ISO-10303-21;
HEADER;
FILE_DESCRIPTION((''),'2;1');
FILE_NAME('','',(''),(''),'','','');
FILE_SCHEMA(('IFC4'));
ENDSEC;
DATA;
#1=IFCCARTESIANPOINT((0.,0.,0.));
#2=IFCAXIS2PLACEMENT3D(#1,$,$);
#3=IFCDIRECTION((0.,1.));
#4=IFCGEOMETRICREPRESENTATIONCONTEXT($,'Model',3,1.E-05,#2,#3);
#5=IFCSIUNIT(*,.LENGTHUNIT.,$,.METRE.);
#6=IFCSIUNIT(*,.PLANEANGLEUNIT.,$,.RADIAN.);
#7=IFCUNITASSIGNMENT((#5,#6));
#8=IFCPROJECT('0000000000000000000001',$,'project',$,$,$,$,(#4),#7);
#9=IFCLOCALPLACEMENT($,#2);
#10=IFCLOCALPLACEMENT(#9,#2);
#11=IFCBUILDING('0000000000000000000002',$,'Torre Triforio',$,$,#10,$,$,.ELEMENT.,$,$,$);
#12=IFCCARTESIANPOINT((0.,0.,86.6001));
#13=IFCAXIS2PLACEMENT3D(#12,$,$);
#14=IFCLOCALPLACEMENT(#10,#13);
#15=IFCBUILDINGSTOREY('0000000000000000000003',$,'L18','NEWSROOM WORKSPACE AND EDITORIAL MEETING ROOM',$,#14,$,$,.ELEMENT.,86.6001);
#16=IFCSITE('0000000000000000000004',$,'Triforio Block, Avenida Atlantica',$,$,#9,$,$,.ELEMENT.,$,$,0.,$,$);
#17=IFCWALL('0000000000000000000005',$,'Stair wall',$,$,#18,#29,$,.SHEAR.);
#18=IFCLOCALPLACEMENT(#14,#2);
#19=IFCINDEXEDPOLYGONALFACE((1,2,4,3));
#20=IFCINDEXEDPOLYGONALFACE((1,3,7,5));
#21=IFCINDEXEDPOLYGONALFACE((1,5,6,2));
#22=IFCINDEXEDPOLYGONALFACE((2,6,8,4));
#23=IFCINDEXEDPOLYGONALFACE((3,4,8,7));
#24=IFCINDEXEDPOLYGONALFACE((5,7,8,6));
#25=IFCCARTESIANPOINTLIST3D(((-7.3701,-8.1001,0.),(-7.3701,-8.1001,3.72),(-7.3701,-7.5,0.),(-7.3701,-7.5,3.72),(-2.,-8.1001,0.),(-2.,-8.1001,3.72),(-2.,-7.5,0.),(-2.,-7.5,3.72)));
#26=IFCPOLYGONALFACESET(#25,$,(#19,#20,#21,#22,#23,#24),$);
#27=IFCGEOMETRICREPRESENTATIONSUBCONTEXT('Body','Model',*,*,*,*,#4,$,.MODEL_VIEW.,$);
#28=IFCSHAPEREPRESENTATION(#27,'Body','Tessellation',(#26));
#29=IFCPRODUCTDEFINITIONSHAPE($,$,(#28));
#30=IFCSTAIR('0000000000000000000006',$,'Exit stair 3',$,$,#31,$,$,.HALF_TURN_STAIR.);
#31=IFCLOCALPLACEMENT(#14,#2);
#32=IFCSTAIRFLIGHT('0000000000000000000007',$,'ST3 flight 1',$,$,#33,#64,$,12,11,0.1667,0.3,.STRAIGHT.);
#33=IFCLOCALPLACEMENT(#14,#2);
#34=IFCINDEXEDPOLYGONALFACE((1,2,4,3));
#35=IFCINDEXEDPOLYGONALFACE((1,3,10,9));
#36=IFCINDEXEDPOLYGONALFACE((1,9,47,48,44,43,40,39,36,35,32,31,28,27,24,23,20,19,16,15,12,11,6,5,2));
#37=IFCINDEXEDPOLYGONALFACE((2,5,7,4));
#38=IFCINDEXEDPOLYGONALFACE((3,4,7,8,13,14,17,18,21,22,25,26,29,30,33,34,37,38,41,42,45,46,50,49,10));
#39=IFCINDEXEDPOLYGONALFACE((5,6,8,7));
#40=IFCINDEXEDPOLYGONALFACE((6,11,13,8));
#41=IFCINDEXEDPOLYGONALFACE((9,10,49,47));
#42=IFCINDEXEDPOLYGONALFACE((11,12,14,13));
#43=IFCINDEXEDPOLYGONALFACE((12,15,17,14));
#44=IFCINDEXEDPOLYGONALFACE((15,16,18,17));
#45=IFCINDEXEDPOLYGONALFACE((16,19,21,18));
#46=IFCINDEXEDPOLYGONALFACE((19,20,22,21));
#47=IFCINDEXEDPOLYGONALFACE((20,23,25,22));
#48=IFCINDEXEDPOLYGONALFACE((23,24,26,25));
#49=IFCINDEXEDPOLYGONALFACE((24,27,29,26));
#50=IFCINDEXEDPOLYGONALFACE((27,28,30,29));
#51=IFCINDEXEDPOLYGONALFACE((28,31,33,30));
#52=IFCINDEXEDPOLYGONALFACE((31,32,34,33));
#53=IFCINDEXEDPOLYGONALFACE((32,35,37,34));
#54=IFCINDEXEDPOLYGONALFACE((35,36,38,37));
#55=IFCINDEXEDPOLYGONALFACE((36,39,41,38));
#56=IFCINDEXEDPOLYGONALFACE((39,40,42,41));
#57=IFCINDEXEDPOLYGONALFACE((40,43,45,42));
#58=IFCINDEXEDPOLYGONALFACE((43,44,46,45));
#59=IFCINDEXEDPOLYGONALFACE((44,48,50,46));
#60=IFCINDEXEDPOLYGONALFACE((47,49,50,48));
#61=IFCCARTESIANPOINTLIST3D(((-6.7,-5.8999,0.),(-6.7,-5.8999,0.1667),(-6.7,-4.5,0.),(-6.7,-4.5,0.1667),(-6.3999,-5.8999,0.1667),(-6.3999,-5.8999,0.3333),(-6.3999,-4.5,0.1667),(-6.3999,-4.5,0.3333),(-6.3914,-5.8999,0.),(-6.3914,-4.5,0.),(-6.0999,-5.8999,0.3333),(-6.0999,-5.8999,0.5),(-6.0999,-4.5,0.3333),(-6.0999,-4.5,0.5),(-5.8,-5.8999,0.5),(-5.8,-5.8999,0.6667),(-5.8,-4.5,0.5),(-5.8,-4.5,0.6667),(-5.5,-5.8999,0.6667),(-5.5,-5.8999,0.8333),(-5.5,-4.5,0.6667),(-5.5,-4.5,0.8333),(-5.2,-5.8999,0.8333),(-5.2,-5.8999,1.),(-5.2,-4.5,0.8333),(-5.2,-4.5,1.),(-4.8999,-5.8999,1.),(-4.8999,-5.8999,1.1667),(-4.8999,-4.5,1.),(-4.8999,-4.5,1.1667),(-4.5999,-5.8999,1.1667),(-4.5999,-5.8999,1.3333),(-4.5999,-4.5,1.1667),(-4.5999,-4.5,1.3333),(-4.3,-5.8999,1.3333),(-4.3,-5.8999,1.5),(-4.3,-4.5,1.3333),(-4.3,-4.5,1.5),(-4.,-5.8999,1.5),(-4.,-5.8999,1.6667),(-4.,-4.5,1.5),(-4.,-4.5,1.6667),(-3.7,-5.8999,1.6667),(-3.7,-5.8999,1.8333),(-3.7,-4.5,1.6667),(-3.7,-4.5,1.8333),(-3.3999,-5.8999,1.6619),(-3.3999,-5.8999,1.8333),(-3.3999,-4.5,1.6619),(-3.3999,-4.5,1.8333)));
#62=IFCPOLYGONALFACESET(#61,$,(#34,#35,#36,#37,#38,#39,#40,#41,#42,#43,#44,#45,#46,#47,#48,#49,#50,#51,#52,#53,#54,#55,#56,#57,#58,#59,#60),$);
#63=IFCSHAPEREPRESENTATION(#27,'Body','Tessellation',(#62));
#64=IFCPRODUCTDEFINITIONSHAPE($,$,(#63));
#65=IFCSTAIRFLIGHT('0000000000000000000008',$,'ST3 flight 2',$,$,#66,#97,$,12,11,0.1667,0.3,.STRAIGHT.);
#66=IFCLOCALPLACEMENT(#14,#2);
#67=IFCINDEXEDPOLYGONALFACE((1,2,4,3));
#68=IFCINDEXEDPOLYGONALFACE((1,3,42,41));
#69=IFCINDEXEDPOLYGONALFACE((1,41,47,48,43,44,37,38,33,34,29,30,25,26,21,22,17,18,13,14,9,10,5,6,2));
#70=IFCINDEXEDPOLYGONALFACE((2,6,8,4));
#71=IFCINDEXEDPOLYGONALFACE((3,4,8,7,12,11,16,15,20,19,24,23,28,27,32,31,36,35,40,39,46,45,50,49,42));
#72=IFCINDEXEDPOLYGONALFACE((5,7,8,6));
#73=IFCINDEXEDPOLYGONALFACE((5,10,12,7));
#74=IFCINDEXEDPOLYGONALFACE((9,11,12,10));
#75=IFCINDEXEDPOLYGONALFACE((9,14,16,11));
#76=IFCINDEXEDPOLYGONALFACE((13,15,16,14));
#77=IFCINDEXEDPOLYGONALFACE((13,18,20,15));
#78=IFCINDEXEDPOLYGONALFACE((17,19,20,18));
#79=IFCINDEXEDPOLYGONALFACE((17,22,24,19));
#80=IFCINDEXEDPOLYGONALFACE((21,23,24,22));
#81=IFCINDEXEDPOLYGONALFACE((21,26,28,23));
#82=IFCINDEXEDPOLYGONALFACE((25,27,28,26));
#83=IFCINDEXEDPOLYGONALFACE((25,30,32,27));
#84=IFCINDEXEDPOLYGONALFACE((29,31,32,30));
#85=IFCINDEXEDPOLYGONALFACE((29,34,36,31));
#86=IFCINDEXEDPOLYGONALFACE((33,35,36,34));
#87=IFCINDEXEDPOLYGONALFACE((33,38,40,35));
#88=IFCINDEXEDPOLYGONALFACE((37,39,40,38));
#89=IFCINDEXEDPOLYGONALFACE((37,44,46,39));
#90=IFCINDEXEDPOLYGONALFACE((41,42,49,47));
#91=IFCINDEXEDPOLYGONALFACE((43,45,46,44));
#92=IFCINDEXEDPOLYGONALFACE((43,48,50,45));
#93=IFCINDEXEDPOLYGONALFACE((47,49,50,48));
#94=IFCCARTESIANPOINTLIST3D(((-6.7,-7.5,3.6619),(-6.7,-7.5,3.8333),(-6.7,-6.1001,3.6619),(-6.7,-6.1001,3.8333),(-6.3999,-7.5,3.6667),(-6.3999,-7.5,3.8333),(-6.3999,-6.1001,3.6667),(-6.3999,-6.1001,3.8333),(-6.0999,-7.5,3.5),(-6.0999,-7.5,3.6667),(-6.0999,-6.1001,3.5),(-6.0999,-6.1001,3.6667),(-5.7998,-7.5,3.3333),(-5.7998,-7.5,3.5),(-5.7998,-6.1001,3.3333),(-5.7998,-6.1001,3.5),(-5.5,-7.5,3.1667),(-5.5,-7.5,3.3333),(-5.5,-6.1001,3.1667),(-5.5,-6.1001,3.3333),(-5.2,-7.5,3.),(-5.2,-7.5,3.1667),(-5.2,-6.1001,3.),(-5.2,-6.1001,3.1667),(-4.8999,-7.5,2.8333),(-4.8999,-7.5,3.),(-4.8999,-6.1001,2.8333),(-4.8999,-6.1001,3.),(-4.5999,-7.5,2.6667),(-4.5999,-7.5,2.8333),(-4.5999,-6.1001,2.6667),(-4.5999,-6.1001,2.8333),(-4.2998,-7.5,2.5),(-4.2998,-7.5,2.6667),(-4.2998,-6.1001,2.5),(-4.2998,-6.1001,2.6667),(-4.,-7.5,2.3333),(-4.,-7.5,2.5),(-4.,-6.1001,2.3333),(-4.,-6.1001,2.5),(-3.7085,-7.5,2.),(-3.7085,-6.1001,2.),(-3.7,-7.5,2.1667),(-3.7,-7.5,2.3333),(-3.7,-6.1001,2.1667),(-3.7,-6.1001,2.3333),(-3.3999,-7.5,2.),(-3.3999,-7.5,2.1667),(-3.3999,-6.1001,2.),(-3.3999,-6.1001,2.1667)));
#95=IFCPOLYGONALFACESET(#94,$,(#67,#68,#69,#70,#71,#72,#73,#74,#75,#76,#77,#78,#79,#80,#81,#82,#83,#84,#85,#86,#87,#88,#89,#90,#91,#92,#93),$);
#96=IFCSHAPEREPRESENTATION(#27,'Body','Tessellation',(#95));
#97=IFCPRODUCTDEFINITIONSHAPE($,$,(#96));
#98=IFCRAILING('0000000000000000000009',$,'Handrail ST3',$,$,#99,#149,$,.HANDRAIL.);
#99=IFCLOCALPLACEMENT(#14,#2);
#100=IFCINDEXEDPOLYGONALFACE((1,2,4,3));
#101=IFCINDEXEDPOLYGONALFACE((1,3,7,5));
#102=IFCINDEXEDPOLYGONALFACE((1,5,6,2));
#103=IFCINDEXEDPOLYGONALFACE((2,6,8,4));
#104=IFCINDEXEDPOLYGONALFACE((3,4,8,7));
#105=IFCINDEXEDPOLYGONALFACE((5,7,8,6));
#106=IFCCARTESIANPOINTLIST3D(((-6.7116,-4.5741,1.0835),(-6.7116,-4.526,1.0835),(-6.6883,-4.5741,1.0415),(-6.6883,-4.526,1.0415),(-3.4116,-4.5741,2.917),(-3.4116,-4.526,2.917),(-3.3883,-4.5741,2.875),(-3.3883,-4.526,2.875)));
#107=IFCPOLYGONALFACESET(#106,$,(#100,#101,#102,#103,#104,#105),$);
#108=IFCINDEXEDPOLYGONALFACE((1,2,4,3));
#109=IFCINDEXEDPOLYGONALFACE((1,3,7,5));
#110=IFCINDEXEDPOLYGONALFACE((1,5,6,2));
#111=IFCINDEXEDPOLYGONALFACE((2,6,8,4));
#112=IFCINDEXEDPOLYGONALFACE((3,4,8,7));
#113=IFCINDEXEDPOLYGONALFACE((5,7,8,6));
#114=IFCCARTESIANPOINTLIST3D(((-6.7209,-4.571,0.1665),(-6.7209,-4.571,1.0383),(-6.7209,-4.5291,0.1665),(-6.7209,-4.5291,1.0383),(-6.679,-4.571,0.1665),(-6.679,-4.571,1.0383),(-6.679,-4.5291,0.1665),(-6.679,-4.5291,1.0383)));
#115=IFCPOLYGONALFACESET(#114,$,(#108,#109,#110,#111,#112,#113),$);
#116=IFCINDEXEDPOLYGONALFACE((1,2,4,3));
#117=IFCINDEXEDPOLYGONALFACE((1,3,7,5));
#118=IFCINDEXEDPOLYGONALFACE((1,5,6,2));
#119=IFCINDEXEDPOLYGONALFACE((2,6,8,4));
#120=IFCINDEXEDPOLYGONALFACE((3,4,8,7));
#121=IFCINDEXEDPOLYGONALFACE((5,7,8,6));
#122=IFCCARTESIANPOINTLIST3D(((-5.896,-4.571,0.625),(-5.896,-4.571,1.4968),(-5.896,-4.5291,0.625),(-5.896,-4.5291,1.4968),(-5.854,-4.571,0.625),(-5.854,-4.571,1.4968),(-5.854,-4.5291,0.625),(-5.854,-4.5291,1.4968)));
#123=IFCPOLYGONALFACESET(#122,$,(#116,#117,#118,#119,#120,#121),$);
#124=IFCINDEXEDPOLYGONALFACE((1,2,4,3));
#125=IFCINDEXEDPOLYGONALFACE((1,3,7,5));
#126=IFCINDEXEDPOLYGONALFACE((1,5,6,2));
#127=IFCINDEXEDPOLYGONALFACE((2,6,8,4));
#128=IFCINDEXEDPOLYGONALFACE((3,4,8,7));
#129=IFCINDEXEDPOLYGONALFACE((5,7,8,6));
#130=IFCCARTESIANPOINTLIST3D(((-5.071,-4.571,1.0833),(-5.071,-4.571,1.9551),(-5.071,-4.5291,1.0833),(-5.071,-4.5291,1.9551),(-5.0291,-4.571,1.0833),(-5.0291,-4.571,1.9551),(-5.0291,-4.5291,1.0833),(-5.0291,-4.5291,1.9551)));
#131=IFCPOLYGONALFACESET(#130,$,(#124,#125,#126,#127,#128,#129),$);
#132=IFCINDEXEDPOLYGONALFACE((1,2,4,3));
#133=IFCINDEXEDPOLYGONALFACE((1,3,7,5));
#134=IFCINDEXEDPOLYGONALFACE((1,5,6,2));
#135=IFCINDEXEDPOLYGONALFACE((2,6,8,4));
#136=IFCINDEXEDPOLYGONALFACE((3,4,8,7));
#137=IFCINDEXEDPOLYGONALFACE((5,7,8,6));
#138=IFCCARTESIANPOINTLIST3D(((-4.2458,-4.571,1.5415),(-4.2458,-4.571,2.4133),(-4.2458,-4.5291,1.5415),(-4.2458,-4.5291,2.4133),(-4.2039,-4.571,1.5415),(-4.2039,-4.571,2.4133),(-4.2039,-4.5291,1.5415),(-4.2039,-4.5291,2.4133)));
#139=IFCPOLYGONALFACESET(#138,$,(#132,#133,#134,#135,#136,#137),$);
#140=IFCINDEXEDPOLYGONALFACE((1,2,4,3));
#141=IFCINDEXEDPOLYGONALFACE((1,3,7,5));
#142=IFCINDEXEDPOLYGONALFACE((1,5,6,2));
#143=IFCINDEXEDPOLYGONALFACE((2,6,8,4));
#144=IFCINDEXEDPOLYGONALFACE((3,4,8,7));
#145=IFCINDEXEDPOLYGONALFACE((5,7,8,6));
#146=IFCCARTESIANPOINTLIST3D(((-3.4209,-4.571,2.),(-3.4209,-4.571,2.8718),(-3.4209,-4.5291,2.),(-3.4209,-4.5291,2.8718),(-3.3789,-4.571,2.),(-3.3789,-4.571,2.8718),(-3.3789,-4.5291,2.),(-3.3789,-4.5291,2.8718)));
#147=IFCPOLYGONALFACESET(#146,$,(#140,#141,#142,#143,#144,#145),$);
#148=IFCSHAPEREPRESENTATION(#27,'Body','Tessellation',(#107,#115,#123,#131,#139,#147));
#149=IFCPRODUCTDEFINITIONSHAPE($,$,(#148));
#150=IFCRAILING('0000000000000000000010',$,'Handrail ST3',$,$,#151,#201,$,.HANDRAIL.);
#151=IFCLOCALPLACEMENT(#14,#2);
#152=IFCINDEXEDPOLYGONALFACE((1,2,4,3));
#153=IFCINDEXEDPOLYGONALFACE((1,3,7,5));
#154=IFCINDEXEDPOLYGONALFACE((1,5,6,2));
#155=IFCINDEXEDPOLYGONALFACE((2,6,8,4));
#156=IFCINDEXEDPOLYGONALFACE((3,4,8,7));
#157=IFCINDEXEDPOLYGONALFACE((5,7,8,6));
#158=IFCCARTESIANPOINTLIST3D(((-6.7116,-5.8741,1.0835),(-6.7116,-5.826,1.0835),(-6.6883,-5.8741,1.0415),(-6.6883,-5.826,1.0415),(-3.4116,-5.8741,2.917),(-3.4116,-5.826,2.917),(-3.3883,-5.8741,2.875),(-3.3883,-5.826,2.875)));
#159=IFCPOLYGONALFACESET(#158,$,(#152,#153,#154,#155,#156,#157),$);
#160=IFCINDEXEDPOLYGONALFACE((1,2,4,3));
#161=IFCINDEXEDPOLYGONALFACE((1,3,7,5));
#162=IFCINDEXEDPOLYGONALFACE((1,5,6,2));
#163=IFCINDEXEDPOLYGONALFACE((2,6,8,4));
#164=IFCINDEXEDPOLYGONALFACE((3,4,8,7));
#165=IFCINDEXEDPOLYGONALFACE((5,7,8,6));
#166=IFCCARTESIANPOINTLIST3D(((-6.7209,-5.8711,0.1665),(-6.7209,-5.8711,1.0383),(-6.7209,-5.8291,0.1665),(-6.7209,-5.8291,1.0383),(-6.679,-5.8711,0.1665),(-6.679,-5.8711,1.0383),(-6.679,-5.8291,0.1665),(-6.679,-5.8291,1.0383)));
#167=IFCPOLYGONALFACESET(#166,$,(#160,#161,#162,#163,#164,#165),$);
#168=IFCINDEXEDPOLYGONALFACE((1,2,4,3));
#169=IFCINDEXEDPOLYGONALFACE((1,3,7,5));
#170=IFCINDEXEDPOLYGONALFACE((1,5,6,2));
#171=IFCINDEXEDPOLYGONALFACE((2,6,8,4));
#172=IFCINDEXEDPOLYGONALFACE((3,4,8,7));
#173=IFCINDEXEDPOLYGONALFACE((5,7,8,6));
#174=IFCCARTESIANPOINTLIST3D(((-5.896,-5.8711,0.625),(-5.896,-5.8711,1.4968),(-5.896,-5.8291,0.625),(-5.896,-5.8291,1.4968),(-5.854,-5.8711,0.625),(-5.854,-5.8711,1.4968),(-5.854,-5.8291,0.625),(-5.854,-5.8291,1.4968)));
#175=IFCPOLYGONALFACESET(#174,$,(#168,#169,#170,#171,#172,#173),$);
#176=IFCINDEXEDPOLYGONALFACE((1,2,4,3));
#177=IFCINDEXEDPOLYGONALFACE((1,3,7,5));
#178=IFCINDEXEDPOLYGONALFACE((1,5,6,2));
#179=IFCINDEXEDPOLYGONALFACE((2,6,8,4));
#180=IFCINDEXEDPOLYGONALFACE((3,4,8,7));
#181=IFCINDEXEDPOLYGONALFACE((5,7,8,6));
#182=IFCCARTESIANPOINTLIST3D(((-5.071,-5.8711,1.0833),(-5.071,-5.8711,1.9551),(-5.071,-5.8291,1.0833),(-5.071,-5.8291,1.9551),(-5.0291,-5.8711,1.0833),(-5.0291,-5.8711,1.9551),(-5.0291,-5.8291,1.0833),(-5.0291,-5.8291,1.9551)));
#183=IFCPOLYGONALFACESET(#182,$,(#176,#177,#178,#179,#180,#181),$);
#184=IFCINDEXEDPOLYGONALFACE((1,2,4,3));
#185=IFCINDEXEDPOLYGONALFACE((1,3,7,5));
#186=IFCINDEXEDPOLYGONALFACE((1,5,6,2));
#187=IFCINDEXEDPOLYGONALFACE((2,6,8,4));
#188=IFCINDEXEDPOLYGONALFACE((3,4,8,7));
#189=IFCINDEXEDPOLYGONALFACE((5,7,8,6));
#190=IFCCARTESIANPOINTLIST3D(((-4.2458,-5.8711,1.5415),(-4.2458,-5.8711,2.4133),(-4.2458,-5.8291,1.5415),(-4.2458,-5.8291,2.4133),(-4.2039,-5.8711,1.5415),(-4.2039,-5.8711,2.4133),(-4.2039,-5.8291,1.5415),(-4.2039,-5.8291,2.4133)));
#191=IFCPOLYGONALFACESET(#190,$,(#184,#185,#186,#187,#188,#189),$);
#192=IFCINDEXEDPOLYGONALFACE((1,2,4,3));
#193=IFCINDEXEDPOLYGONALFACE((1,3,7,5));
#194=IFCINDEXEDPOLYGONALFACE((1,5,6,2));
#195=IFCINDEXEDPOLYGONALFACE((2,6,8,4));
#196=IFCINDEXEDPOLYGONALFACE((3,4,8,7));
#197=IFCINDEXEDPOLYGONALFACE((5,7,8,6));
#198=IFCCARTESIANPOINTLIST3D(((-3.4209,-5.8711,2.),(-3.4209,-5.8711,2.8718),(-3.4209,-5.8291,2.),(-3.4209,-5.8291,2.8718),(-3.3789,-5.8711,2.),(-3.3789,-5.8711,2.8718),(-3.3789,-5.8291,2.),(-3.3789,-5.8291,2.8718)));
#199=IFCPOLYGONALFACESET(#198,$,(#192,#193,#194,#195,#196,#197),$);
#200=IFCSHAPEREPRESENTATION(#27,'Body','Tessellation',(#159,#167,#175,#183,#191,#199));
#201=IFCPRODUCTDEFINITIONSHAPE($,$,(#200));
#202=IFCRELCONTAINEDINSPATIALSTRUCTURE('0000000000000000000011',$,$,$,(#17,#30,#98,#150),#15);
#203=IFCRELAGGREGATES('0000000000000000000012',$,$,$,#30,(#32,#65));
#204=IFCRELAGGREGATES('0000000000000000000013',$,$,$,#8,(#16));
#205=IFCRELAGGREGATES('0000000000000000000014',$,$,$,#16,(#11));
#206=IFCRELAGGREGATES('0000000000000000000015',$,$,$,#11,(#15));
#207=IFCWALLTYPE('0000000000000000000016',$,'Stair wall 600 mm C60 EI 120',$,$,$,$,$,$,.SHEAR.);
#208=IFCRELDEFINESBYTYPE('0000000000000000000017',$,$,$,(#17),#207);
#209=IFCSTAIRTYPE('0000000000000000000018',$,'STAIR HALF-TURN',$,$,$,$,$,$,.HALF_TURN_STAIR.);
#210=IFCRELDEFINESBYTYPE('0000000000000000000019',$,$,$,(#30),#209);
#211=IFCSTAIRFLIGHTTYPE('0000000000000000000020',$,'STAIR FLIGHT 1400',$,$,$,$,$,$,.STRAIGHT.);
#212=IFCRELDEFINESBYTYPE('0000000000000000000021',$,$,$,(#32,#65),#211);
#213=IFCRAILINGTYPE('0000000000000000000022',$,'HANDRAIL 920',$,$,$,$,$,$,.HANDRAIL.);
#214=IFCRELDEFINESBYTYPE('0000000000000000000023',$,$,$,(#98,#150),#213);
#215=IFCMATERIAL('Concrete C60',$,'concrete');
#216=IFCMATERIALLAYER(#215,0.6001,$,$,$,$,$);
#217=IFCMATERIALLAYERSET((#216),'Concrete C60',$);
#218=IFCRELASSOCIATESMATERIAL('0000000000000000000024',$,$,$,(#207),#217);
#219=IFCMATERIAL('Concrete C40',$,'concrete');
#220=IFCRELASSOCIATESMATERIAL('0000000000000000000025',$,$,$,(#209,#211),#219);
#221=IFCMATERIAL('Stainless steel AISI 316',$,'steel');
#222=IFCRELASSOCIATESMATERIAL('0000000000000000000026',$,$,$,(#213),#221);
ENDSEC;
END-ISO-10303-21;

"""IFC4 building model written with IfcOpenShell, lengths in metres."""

from ifc_helpers import new_model, si_unit, direction, frame, frame_2d, origin, origin_2d, place, context, subcontext, project, spatial, polyline, rectangle, outline, extrude, material, layer, layer_set, type_object, element, aggregate, save


model = new_model("IFC4")

# Units and contexts
model_context = context("Model", 3, precision=1e-05, world=origin(), true_north=direction((0.0, 1.0)))
body_context = subcontext(model_context, "Body", "Model", "MODEL_VIEW")
ifc_project = project(units=[si_unit("LENGTHUNIT", "METRE"), si_unit("PLANEANGLEUNIT", "RADIAN")], contexts=[model_context])

# Site, building, storey
site_placement = place(None, origin())
site = spatial("IfcSite", under=ifc_project, at=site_placement, Name="Triforio Block, Avenida Atlantica", CompositionType="ELEMENT", RefElevation=0.0)
building_placement = place(site_placement, origin())
building = spatial("IfcBuilding", under=site, at=building_placement, Name="Torre Triforio", CompositionType="ELEMENT")
storey_placement = place(building_placement, frame((0.0, 0.0, 86.6001)))
storey = spatial("IfcBuildingStorey", under=building, at=storey_placement, Name="L18", Description="NEWSROOM WORKSPACE AND EDITORIAL MEETING ROOM", CompositionType="ELEMENT", Elevation=86.6001)

# Shared definitions
ifc_material_1 = material(Name="Concrete C60", Category="concrete")

# Wall
ifc_layer_1 = layer(ifc_material_1, 0.6001)
ifc_layer_set_1 = layer_set([ifc_layer_1], Name="Concrete C60")
wall_type_1 = type_object("IfcWallType", Name="Stair wall 600 mm C60 EI 120", PredefinedType="SHEAR", material=ifc_layer_set_1)
wall_1_placement = place(storey_placement, frame((-7.3701, -7.8, 0.0), z_axis=(0.0, 0.0, 1.0), x_axis=(1.0, 0.0, 0.0)))
element("IfcWall", 1, at=wall_1_placement, inside=storey, type_object=wall_type_1, Name="Stair wall", PredefinedType="SHEAR", context=body_context, shape_type="SweptSolid", body=[
    extrude(rectangle(XDim=5.3701, YDim=0.6001, at=frame_2d((2.6851, 0.0))), origin(), (0.0, 0.0, 1.0), 3.72),
])

# Stair, stair flights
ifc_material_2 = material(Name="Concrete C40", Category="concrete")
stair_type = type_object("IfcStairType", Name="STAIR HALF-TURN", PredefinedType="HALF_TURN_STAIR", material=ifc_material_2)
stair_placement = place(storey_placement, origin())
stair = element("IfcStair", 2, at=stair_placement, inside=storey, type_object=stair_type, Name="Exit stair 3", PredefinedType="HALF_TURN_STAIR")
stair_flight_type = type_object("IfcStairFlightType", Name="STAIR FLIGHT 1400", PredefinedType="STRAIGHT", material=ifc_material_2)
stair_flight_1_placement = place(storey_placement, frame((-6.7, -5.2, 0.0), z_axis=(0.0, 0.0, 1.0), x_axis=(1.0, 0.0, 0.0)))
stair_flight_1 = element("IfcStairFlight", 3, at=stair_flight_1_placement, type_object=stair_flight_type, Name="ST3 flight 1", NumberOfRisers=12, NumberOfTreads=11, PredefinedType="STRAIGHT", RiserHeight=0.1667, TreadLength=0.3, context=body_context, shape_type="SweptSolid", body=[
    extrude(outline(polyline([(0.0, 0.0), (0.0, 0.1667), (0.3, 0.1667), (0.3, 0.3333), (0.6001, 0.3333), (0.6001, 0.5), (0.8999, 0.5), (0.8999, 0.6667), (1.2, 0.6667), (1.2, 0.8333), (1.5, 0.8333), (1.5, 1.0), (1.8, 1.0), (1.8, 1.1667), (2.1001, 1.1667), (2.1001, 1.3333), (2.3999, 1.3333), (2.3999, 1.5), (2.7, 1.5), (2.7, 1.6667), (3.0, 1.6667), (3.0, 1.8333), (3.3, 1.8333), (3.3, 2.0), (3.3, 1.6619), (0.3086, 0.0), (0.0, 0.0)])), frame((0.0, 0.7, 0.0), z_axis=(0.0, -1.0, 0.0), x_axis=(1.0, 0.0, 0.0)), (0.0, 0.0, 1.0), 1.3999),
])
stair_flight_2_placement = place(storey_placement, frame((-3.3999, -6.8, 2.0), z_axis=(0.0, 0.0, 1.0), x_axis=(-1.0, 0.0, 0.0)))
stair_flight_2 = element("IfcStairFlight", 4, at=stair_flight_2_placement, type_object=stair_flight_type, Name="ST3 flight 2", NumberOfRisers=12, NumberOfTreads=11, PredefinedType="STRAIGHT", RiserHeight=0.1667, TreadLength=0.3, context=body_context, shape_type="SweptSolid", body=[
    extrude(outline(polyline([(0.0, 0.0), (0.0, 0.1667), (0.3, 0.1667), (0.3, 0.3333), (0.6001, 0.3333), (0.6001, 0.5), (0.8999, 0.5), (0.8999, 0.6667), (1.2, 0.6667), (1.2, 0.8333), (1.5, 0.8333), (1.5, 1.0), (1.8, 1.0), (1.8, 1.1667), (2.1001, 1.1667), (2.1001, 1.3333), (2.3999, 1.3333), (2.3999, 1.5), (2.7, 1.5), (2.7, 1.6667), (3.0, 1.6667), (3.0, 1.8333), (3.3, 1.8333), (3.3, 2.0), (3.3, 1.6619), (0.3086, 0.0), (0.0, 0.0)])), frame((0.0, 0.7, 0.0), z_axis=(0.0, -1.0, 0.0), x_axis=(1.0, 0.0, 0.0)), (0.0, 0.0, 1.0), 1.3999),
])
aggregate(stair, [stair_flight_1, stair_flight_2])

# Railings
ifc_material_3 = material(Name="Stainless steel AISI 316", Category="steel")
railing_type = type_object("IfcRailingType", Name="HANDRAIL 920", PredefinedType="HANDRAIL", material=ifc_material_3)
for number, where, name in (
    (5, (-6.7, -4.55, 0.1665), "Handrail ST3"),
    (6, (-6.7, -5.8501, 0.1665), "Handrail ST3"),
):
    element("IfcRailing", number, at=place(storey_placement, frame(where)), inside=storey, type_object=railing_type, Name=name, PredefinedType="HANDRAIL", context=body_context, shape_type="SweptSolid", body=[
        extrude(rectangle(XDim=0.0481, YDim=0.0481, at=origin_2d()), frame((0.0, 0.0, 0.896), z_axis=(0.874142, 0.0, 0.48567), x_axis=(0.0, 1.0, 0.0)), (0.0, 0.0, 1.0), 3.7751),
        extrude(rectangle(XDim=0.042, YDim=0.042, at=origin_2d()), origin(), (0.0, 0.0, 1.0), 0.8718),
        extrude(rectangle(XDim=0.042, YDim=0.042, at=origin_2d()), frame((0.825, 0.0, 0.4585)), (0.0, 0.0, 1.0), 0.8718),
        extrude(rectangle(XDim=0.042, YDim=0.042, at=origin_2d()), frame((1.6499, 0.0, 0.9167)), (0.0, 0.0, 1.0), 0.8718),
        extrude(rectangle(XDim=0.042, YDim=0.042, at=origin_2d()), frame((2.4751, 0.0, 1.375)), (0.0, 0.0, 1.0), 0.8718),
        extrude(rectangle(XDim=0.042, YDim=0.042, at=origin_2d()), frame((3.3, 0.0, 1.8335)), (0.0, 0.0, 1.0), 0.8718),
    ])

save(model, "model.ifc")
